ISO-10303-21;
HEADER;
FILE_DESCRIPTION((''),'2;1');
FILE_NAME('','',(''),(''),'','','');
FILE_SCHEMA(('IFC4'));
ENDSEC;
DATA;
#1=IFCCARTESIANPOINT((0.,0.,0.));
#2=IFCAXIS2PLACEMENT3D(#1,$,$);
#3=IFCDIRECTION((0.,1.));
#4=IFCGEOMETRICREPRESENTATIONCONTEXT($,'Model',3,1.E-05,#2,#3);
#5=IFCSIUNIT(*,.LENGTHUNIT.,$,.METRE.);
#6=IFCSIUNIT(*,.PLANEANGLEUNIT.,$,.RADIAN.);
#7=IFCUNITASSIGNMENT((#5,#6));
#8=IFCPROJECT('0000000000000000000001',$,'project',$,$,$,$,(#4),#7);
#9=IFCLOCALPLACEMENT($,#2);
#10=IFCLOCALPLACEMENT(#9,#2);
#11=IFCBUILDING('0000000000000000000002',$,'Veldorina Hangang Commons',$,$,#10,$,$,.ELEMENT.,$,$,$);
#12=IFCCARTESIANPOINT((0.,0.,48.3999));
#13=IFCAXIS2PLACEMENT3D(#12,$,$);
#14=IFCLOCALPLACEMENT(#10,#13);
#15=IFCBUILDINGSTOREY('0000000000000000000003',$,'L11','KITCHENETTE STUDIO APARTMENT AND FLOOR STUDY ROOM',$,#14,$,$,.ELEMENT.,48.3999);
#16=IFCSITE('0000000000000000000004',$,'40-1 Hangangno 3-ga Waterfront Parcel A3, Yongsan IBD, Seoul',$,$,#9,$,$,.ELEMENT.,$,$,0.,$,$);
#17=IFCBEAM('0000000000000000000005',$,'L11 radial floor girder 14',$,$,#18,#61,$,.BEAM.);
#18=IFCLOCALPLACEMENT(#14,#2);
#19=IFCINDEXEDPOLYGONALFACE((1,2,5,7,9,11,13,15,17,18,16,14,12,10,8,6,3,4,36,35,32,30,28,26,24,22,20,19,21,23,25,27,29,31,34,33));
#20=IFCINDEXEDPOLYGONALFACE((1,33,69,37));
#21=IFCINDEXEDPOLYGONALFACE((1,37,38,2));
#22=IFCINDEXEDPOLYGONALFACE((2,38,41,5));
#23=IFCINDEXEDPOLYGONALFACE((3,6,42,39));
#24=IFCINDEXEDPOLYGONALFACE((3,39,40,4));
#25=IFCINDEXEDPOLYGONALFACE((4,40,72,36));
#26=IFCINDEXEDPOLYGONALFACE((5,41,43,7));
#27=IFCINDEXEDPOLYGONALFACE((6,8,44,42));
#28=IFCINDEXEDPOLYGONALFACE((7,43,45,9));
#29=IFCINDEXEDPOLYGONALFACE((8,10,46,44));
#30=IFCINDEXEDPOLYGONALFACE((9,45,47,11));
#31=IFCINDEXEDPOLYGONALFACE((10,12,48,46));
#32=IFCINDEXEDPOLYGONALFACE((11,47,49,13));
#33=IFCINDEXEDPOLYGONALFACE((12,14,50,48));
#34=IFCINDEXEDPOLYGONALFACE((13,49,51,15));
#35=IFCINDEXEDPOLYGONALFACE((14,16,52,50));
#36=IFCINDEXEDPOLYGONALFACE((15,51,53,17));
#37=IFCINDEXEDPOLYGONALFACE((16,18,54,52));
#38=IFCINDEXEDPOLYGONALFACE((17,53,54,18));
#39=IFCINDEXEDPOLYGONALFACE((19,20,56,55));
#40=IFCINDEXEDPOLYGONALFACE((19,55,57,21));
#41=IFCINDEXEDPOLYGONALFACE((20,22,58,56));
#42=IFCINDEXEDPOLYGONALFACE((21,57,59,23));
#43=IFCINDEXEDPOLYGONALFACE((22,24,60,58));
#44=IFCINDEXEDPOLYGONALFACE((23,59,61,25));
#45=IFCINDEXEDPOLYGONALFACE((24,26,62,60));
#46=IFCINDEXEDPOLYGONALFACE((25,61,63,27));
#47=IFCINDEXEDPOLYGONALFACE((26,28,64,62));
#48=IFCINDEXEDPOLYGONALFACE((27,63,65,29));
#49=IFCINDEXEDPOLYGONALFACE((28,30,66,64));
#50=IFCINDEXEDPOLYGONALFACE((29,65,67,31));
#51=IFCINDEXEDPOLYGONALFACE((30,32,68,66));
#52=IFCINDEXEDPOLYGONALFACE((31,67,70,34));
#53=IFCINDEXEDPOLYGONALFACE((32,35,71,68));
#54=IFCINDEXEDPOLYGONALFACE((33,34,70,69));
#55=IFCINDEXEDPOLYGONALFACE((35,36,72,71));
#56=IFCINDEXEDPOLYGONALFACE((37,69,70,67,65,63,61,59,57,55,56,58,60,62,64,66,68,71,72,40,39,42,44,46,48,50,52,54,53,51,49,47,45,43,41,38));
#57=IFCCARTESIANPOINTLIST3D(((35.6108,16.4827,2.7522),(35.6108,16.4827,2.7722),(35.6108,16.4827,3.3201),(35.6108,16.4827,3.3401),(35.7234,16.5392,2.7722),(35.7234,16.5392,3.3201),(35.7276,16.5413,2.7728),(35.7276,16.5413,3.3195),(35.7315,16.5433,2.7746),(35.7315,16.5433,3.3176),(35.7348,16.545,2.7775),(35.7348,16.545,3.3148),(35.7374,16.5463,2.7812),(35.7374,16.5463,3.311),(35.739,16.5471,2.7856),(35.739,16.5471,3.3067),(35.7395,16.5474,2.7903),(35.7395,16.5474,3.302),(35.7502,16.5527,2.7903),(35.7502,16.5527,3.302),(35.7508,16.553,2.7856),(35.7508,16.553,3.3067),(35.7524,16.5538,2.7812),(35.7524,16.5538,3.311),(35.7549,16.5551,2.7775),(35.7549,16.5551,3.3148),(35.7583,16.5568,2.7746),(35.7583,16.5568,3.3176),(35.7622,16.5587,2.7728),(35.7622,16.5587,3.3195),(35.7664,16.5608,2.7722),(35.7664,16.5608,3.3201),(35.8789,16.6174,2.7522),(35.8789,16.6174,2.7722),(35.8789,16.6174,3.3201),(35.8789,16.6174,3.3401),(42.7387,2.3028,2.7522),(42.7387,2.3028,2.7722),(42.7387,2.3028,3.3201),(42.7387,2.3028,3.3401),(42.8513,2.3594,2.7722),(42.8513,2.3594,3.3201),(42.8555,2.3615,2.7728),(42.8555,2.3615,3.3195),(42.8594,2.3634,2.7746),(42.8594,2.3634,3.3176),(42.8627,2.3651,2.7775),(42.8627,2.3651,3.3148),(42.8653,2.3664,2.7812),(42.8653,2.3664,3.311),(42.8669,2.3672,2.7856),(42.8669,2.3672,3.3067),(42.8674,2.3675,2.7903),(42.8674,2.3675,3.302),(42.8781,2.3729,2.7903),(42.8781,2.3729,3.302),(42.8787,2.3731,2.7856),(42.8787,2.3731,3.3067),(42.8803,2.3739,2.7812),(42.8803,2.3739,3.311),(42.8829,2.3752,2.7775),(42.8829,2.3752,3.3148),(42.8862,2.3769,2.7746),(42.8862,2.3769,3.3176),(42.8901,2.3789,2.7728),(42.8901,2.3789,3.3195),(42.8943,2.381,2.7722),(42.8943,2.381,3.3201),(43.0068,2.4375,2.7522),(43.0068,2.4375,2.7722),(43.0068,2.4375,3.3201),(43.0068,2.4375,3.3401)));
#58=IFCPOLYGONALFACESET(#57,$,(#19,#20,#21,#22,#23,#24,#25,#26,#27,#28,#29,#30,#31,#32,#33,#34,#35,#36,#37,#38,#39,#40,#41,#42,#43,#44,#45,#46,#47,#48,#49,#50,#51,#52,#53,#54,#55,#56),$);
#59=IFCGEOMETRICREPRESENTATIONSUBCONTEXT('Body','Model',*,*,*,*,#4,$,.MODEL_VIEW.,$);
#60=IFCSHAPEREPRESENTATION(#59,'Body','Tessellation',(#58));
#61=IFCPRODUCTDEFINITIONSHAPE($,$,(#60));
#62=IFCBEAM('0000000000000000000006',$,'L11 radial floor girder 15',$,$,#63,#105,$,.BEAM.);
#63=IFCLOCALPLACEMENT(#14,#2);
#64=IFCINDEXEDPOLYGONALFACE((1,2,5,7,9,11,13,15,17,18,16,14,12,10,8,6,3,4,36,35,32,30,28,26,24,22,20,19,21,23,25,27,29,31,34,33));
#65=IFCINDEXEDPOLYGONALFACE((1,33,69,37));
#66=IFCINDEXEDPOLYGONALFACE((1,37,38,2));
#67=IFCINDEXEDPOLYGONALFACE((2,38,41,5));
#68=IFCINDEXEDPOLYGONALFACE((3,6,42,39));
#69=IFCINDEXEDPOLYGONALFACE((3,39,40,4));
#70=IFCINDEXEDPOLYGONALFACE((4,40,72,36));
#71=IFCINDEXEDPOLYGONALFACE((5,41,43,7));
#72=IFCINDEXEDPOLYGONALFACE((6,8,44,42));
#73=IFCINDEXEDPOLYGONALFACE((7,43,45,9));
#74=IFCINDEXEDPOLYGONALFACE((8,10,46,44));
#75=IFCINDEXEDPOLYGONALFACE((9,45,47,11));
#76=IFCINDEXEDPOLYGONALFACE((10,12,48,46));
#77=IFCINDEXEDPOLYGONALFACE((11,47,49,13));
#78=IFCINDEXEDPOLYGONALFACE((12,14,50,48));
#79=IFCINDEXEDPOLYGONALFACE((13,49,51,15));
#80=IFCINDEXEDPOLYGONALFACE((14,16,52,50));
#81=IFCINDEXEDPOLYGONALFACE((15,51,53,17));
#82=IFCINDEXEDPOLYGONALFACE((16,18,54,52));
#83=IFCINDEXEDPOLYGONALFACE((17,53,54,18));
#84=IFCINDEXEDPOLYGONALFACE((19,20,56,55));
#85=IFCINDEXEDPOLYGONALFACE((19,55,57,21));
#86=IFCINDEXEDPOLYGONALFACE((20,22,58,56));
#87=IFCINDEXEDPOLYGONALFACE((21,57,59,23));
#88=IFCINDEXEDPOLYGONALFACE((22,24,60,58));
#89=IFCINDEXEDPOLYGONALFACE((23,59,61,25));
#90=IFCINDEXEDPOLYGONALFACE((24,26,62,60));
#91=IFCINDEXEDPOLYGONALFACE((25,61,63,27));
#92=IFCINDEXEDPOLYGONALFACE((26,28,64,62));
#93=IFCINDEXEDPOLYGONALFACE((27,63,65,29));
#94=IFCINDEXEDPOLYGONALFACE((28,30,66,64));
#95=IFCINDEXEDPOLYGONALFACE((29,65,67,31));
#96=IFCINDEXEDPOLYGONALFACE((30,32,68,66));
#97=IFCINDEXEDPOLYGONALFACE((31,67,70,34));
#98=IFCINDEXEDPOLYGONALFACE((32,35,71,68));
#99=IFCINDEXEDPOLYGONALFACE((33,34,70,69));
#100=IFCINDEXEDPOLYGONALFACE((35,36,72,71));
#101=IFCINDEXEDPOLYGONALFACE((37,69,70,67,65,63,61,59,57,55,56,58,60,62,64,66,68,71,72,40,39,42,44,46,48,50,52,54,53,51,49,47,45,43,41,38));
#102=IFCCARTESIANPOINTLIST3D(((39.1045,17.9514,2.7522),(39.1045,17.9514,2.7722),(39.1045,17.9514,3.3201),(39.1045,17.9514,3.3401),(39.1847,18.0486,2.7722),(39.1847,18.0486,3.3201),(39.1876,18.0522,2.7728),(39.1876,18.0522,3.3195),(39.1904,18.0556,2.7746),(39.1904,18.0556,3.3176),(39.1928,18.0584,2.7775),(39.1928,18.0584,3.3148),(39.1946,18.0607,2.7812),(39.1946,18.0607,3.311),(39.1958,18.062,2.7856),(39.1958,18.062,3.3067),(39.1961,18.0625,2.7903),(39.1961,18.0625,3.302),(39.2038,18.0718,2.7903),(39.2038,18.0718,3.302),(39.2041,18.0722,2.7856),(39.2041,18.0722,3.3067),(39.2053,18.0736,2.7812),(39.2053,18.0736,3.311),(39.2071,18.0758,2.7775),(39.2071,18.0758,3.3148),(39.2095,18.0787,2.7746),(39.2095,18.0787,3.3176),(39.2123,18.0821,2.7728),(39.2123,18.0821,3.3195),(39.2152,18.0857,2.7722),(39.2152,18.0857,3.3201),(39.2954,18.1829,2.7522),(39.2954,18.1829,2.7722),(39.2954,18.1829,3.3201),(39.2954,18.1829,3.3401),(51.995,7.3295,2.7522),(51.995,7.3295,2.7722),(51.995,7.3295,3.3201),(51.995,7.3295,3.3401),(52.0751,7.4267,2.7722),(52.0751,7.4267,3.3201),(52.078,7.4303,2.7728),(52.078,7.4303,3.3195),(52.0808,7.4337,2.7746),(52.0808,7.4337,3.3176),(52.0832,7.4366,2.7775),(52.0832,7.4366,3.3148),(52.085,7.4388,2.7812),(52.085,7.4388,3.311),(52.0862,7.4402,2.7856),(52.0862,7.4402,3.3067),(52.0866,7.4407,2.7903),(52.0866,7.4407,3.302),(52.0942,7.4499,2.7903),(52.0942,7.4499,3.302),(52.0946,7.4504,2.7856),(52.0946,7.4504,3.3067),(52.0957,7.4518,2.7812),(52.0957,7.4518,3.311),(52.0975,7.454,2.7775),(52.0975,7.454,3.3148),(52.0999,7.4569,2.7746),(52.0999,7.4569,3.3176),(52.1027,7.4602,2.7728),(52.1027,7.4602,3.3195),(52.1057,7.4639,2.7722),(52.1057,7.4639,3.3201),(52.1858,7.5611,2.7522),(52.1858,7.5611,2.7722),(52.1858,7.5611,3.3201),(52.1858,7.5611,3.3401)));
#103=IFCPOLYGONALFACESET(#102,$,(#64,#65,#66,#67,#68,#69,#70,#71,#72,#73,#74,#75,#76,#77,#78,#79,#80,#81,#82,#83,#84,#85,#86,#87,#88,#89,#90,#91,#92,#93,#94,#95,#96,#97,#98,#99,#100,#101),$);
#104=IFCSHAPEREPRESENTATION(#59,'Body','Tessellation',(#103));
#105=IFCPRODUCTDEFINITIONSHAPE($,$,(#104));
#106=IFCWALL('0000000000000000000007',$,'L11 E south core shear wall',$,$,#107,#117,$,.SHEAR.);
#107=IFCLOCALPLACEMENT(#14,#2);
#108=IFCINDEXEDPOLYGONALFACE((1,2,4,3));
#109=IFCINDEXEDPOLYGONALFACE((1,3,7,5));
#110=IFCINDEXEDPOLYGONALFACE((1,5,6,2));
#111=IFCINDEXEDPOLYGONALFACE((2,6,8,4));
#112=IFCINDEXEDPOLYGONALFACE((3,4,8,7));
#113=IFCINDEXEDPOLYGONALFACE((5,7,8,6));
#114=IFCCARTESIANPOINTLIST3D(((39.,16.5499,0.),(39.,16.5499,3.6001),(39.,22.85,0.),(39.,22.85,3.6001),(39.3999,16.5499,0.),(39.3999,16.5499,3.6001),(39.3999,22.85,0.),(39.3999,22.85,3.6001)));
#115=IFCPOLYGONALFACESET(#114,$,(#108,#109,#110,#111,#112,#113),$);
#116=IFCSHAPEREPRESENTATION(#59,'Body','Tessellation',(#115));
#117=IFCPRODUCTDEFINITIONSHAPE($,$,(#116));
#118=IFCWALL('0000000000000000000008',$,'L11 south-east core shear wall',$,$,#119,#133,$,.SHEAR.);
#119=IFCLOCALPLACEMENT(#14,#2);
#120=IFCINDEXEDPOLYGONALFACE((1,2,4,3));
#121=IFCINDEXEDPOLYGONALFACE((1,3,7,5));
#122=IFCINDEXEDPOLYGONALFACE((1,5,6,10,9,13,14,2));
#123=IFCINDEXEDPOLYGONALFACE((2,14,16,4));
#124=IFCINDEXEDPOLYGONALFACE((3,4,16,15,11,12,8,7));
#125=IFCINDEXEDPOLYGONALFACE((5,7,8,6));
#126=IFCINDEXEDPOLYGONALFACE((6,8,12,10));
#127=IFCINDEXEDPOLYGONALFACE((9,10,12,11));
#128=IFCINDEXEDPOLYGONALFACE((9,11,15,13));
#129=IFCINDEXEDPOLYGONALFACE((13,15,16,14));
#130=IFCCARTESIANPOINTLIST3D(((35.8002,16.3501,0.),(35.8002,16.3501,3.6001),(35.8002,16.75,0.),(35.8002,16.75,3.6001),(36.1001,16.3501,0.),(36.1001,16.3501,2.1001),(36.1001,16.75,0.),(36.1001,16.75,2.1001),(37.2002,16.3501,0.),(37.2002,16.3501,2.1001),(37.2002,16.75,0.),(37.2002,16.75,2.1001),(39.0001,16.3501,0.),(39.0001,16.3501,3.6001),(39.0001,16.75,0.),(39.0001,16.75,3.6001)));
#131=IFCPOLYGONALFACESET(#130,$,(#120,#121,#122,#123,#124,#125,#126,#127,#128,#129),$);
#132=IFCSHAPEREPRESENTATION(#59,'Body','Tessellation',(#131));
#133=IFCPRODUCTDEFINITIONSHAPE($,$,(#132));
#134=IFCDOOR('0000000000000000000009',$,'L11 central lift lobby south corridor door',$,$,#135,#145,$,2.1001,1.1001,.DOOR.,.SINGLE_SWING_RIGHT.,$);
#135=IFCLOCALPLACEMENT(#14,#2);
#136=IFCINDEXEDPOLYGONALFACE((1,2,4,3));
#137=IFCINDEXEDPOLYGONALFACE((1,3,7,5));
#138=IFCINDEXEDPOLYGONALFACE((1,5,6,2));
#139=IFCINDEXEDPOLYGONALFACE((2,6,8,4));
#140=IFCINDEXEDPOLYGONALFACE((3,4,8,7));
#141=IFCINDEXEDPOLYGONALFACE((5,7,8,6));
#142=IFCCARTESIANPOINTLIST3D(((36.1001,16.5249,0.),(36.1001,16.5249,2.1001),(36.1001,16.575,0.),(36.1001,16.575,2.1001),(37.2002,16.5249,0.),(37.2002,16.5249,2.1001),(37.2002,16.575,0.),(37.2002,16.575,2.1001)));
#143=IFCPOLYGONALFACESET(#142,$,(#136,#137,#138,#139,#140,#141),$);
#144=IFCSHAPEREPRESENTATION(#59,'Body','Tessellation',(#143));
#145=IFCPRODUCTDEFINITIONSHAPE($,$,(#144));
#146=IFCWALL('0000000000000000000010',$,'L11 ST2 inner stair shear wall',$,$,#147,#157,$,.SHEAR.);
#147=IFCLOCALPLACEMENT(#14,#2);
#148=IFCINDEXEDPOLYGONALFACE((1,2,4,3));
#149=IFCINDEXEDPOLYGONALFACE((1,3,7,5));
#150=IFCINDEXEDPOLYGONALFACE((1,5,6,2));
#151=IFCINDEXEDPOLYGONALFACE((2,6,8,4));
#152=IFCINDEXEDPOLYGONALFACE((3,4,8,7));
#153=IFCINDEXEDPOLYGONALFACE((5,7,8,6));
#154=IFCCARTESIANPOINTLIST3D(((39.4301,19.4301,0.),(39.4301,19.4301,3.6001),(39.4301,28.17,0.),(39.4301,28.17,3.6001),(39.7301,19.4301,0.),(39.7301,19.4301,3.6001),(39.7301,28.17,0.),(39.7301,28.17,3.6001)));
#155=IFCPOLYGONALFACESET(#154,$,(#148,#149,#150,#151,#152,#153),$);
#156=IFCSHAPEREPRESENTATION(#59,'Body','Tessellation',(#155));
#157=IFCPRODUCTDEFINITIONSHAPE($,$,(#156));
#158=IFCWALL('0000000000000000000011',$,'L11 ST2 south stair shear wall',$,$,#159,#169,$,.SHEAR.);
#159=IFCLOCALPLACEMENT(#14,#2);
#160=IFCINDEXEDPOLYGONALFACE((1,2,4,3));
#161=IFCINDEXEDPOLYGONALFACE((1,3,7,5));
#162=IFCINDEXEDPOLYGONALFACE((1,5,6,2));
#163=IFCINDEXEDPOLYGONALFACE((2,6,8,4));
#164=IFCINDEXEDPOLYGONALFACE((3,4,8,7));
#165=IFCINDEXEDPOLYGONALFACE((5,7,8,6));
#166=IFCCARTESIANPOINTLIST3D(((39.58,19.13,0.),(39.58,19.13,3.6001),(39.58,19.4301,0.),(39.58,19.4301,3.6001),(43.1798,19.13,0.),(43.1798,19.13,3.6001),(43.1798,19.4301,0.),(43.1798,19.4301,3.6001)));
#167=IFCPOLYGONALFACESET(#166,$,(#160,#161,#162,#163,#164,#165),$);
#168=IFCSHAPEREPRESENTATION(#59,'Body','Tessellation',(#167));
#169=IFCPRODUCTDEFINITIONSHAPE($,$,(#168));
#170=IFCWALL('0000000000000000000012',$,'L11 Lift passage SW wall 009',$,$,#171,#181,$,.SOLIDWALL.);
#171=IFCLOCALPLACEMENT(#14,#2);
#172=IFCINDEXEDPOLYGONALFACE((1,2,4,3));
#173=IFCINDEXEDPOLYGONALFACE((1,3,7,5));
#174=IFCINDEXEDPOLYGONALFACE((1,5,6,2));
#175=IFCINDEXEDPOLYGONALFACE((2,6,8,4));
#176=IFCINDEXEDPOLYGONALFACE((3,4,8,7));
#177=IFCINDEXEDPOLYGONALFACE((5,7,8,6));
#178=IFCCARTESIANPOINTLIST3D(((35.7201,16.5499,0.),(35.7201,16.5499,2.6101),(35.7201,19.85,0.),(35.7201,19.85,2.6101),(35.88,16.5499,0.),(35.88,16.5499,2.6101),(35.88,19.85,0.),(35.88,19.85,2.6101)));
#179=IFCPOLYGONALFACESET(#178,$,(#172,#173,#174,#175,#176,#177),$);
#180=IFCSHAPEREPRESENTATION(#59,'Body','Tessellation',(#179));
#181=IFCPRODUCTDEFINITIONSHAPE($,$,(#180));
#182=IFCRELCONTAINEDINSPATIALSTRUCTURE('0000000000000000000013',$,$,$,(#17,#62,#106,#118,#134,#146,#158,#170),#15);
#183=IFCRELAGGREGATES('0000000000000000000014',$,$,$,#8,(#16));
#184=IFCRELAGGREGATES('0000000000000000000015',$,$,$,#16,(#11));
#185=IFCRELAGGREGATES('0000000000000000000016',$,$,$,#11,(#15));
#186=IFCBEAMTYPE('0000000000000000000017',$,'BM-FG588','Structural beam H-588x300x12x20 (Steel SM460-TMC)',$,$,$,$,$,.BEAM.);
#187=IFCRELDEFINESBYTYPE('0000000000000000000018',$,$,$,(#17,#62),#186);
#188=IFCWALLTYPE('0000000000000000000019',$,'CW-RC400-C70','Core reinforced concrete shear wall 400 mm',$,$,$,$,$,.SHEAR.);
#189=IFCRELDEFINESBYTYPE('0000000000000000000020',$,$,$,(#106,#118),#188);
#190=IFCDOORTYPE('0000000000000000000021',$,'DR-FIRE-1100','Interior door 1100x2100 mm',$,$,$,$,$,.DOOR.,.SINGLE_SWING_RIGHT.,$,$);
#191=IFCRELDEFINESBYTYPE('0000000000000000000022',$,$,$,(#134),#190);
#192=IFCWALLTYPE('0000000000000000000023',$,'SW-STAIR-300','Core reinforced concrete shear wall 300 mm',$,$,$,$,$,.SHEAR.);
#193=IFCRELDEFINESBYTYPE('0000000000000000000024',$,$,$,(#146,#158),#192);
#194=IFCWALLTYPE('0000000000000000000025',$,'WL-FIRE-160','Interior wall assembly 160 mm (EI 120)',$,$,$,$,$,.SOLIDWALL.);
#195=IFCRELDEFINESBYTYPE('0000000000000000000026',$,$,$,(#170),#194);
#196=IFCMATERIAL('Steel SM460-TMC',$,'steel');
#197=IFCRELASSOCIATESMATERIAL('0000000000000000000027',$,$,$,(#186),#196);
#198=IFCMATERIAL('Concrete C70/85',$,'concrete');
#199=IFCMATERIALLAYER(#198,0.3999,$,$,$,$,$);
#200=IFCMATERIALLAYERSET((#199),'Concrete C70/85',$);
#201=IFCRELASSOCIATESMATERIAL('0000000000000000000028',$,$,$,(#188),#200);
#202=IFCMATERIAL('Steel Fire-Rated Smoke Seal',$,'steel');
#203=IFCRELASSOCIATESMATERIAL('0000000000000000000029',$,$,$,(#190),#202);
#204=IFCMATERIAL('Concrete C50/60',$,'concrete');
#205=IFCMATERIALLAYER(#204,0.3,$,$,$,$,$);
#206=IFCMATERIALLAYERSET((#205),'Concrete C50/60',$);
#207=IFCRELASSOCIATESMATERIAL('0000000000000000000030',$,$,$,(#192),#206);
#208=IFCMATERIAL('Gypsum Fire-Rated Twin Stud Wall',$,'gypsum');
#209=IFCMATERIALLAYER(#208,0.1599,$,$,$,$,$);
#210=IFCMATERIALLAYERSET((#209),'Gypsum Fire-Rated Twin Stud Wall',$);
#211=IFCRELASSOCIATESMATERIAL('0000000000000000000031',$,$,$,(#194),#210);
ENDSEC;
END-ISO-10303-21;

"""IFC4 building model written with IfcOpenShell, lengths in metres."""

from ifc_helpers import new_model, si_unit, direction, frame, frame_2d, origin, origin_2d, place, context, subcontext, project, spatial, rectangle, i_section, extrude, material, layer, layer_set, material_profile, profile_set, type_object, element, fill, save


model = new_model("IFC4")

# Units and contexts
model_context = context("Model", 3, precision=1e-05, world=origin(), true_north=direction((0.0, 1.0)))
body_context = subcontext(model_context, "Body", "Model", "MODEL_VIEW")
ifc_project = project(units=[si_unit("LENGTHUNIT", "METRE"), si_unit("PLANEANGLEUNIT", "RADIAN")], contexts=[model_context])

# Site, building, storey
site_placement = place(None, origin())
site = spatial("IfcSite", under=ifc_project, at=site_placement, Name="40-1 Hangangno 3-ga Waterfront Parcel A3, Yongsan IBD, Seoul", CompositionType="ELEMENT", RefElevation=0.0)
building_placement = place(site_placement, origin())
building = spatial("IfcBuilding", under=site, at=building_placement, Name="Veldorina Hangang Commons", CompositionType="ELEMENT")
storey_placement = place(building_placement, frame((0.0, 0.0, 48.3999)))
storey = spatial("IfcBuildingStorey", under=building, at=storey_placement, Name="L11", Description="KITCHENETTE STUDIO APARTMENT AND FLOOR STUDY ROOM", CompositionType="ELEMENT", Elevation=48.3999)

# Beams
ifc_material_1 = material(Name="Steel SM460-TMC", Category="steel")
ifc_material_profile = material_profile(ifc_material_1, i_section(OverallWidth=0.3, OverallDepth=0.5879, WebThickness=0.012, FlangeThickness=0.02, FilletRadius=0.0181, at=origin_2d()), Name="H-588x300x12x20")
ifc_profile_set = profile_set([ifc_material_profile], Name="Steel SM460-TMC")
beam_type = type_object("IfcBeamType", Name="BM-FG588", Description="Structural beam H-588x300x12x20 (Steel SM460-TMC)", PredefinedType="BEAM", material=ifc_profile_set)
beam_1_placement = place(storey_placement, frame((35.7449, 16.55, 3.0461), z_axis=(0.449126, -0.893468, 0.0), x_axis=(0.893468, 0.449126, 0.0)))
element("IfcBeam", 1, at=beam_1_placement, inside=storey, type_object=beam_type, Name="L11 radial floor girder 14", PredefinedType="BEAM", context=body_context, shape_type="SweptSolid", body=[
    extrude(i_section(OverallWidth=0.3, OverallDepth=0.5879, WebThickness=0.012, FlangeThickness=0.02, FilletRadius=0.0181, at=origin_2d()), origin(), (0.0, 0.0, 1.0), 15.8706),
])
beam_2_placement = place(storey_placement, frame((39.2, 18.0671, 3.0461), z_axis=(0.771748, -0.635929, 0.0), x_axis=(0.635929, 0.771748, 0.0)))
element("IfcBeam", 2, at=beam_2_placement, inside=storey, type_object=beam_type, Name="L11 radial floor girder 15", PredefinedType="BEAM", context=body_context, shape_type="SweptSolid", body=[
    extrude(i_section(OverallWidth=0.3, OverallDepth=0.5879, WebThickness=0.012, FlangeThickness=0.02, FilletRadius=0.0181, at=origin_2d()), origin(), (0.0, 0.0, 1.0), 16.7029),
])

# Wall
ifc_material_2 = material(Name="Concrete C70/85", Category="concrete")
ifc_layer_1 = layer(ifc_material_2, 0.3999)
ifc_layer_set_1 = layer_set([ifc_layer_1], Name="Concrete C70/85")
wall_type_1 = type_object("IfcWallType", Name="CW-RC400-C70", Description="Core reinforced concrete shear wall 400 mm", PredefinedType="SHEAR", material=ifc_layer_set_1)
wall_1_placement = place(storey_placement, frame((39.2, 16.55, 0.0), z_axis=(0.0, 0.0, 1.0), x_axis=(0.0, 1.0, 0.0)))
element("IfcWall", 3, at=wall_1_placement, inside=storey, type_object=wall_type_1, Name="L11 E south core shear wall", PredefinedType="SHEAR", context=body_context, shape_type="SweptSolid", body=[
    extrude(rectangle(XDim=6.3, YDim=0.3999, at=frame_2d((3.1499, 0.0))), origin(), (0.0, 0.0, 1.0), 3.6001),
])

# Wall, opening, door
wall_2_placement = place(storey_placement, frame((35.8, 16.55, 0.0), z_axis=(0.0, 0.0, 1.0), x_axis=(1.0, 0.0, 0.0)))
wall_2 = element("IfcWall", 4, at=wall_2_placement, inside=storey, type_object=wall_type_1, Name="L11 south-east core shear wall", PredefinedType="SHEAR", context=body_context, shape_type="SweptSolid", body=[
    extrude(rectangle(XDim=3.2, YDim=0.3999, at=frame_2d((1.6001, 0.0))), origin(), (0.0, 0.0, 1.0), 3.6001),
])
opening_1_placement = place(wall_2_placement, frame((0.3, 0.0, 0.0)))
opening_1 = element("IfcOpeningElement", 5, at=opening_1_placement, cuts=wall_2, PredefinedType="OPENING", context=body_context, shape_type="SweptSolid", body=[
    extrude(rectangle(XDim=1.1001, YDim=2.1001, at=frame_2d((0.55, 1.05))), frame((0.0, 0.21, 0.0), z_axis=(0.0, -1.0, 0.0), x_axis=(1.0, 0.0, 0.0)), (0.0, 0.0, 1.0), 0.4199),
])
ifc_material_3 = material(Name="Steel Fire-Rated Smoke Seal", Category="steel")
door_type_1 = type_object("IfcDoorType", Name="DR-FIRE-1100", Description="Interior door 1100x2100 mm", OperationType="SINGLE_SWING_RIGHT", PredefinedType="DOOR", material=ifc_material_3)
door_1_placement = place(opening_1_placement, origin())
door_1 = element("IfcDoor", 6, at=door_1_placement, inside=storey, type_object=door_type_1, Name="L11 central lift lobby south corridor door", OperationType="SINGLE_SWING_RIGHT", OverallHeight=2.1001, OverallWidth=1.1001, PredefinedType="DOOR", context=body_context, shape_type="SweptSolid", body=[
    extrude(rectangle(XDim=1.1001, YDim=2.1001, at=frame_2d((0.55, 1.05))), frame((0.0, 0.0249, 0.0), z_axis=(0.0, -1.0, 0.0), x_axis=(1.0, 0.0, 0.0)), (0.0, 0.0, 1.0), 0.05),
])
fill(opening_1, door_1)

# Walls
ifc_material_4 = material(Name="Concrete C50/60", Category="concrete")
ifc_layer_2 = layer(ifc_material_4, 0.3)
ifc_layer_set_2 = layer_set([ifc_layer_2], Name="Concrete C50/60")
wall_type_2 = type_object("IfcWallType", Name="SW-STAIR-300", Description="Core reinforced concrete shear wall 300 mm", PredefinedType="SHEAR", material=ifc_layer_set_2)
wall_3_placement = place(storey_placement, frame((39.5801, 19.4299, 0.0), z_axis=(0.0, 0.0, 1.0), x_axis=(0.0, 1.0, 0.0)))
element("IfcWall", 7, at=wall_3_placement, inside=storey, type_object=wall_type_2, Name="L11 ST2 inner stair shear wall", PredefinedType="SHEAR", context=body_context, shape_type="SweptSolid", body=[
    extrude(rectangle(XDim=8.74, YDim=0.3, at=frame_2d((4.3701, 0.0))), origin(), (0.0, 0.0, 1.0), 3.6001),
])
wall_4_placement = place(storey_placement, frame((39.5801, 19.28, 0.0), z_axis=(0.0, 0.0, 1.0), x_axis=(1.0, 0.0, 0.0)))
element("IfcWall", 8, at=wall_4_placement, inside=storey, type_object=wall_type_2, Name="L11 ST2 south stair shear wall", PredefinedType="SHEAR", context=body_context, shape_type="SweptSolid", body=[
    extrude(rectangle(XDim=3.5999, YDim=0.3, at=frame_2d((1.7998, 0.0))), origin(), (0.0, 0.0, 1.0), 3.6001),
])
ifc_material_5 = material(Name="Gypsum Fire-Rated Twin Stud Wall", Category="gypsum")
ifc_layer_3 = layer(ifc_material_5, 0.1599)
ifc_layer_set_3 = layer_set([ifc_layer_3], Name="Gypsum Fire-Rated Twin Stud Wall")
wall_type_3 = type_object("IfcWallType", Name="WL-FIRE-160", Description="Interior wall assembly 160 mm (EI 120)", PredefinedType="SOLIDWALL", material=ifc_layer_set_3)
wall_5_placement = place(storey_placement, frame((35.8, 16.55, 0.0), z_axis=(0.0, 0.0, 1.0), x_axis=(0.0, 1.0, 0.0)))
element("IfcWall", 9, at=wall_5_placement, inside=storey, type_object=wall_type_3, Name="L11 Lift passage SW wall 009", PredefinedType="SOLIDWALL", context=body_context, shape_type="SweptSolid", body=[
    extrude(rectangle(XDim=3.3, YDim=0.1599, at=frame_2d((1.6499, 0.0))), origin(), (0.0, 0.0, 1.0), 2.6101),
])

save(model, "model.ifc")
